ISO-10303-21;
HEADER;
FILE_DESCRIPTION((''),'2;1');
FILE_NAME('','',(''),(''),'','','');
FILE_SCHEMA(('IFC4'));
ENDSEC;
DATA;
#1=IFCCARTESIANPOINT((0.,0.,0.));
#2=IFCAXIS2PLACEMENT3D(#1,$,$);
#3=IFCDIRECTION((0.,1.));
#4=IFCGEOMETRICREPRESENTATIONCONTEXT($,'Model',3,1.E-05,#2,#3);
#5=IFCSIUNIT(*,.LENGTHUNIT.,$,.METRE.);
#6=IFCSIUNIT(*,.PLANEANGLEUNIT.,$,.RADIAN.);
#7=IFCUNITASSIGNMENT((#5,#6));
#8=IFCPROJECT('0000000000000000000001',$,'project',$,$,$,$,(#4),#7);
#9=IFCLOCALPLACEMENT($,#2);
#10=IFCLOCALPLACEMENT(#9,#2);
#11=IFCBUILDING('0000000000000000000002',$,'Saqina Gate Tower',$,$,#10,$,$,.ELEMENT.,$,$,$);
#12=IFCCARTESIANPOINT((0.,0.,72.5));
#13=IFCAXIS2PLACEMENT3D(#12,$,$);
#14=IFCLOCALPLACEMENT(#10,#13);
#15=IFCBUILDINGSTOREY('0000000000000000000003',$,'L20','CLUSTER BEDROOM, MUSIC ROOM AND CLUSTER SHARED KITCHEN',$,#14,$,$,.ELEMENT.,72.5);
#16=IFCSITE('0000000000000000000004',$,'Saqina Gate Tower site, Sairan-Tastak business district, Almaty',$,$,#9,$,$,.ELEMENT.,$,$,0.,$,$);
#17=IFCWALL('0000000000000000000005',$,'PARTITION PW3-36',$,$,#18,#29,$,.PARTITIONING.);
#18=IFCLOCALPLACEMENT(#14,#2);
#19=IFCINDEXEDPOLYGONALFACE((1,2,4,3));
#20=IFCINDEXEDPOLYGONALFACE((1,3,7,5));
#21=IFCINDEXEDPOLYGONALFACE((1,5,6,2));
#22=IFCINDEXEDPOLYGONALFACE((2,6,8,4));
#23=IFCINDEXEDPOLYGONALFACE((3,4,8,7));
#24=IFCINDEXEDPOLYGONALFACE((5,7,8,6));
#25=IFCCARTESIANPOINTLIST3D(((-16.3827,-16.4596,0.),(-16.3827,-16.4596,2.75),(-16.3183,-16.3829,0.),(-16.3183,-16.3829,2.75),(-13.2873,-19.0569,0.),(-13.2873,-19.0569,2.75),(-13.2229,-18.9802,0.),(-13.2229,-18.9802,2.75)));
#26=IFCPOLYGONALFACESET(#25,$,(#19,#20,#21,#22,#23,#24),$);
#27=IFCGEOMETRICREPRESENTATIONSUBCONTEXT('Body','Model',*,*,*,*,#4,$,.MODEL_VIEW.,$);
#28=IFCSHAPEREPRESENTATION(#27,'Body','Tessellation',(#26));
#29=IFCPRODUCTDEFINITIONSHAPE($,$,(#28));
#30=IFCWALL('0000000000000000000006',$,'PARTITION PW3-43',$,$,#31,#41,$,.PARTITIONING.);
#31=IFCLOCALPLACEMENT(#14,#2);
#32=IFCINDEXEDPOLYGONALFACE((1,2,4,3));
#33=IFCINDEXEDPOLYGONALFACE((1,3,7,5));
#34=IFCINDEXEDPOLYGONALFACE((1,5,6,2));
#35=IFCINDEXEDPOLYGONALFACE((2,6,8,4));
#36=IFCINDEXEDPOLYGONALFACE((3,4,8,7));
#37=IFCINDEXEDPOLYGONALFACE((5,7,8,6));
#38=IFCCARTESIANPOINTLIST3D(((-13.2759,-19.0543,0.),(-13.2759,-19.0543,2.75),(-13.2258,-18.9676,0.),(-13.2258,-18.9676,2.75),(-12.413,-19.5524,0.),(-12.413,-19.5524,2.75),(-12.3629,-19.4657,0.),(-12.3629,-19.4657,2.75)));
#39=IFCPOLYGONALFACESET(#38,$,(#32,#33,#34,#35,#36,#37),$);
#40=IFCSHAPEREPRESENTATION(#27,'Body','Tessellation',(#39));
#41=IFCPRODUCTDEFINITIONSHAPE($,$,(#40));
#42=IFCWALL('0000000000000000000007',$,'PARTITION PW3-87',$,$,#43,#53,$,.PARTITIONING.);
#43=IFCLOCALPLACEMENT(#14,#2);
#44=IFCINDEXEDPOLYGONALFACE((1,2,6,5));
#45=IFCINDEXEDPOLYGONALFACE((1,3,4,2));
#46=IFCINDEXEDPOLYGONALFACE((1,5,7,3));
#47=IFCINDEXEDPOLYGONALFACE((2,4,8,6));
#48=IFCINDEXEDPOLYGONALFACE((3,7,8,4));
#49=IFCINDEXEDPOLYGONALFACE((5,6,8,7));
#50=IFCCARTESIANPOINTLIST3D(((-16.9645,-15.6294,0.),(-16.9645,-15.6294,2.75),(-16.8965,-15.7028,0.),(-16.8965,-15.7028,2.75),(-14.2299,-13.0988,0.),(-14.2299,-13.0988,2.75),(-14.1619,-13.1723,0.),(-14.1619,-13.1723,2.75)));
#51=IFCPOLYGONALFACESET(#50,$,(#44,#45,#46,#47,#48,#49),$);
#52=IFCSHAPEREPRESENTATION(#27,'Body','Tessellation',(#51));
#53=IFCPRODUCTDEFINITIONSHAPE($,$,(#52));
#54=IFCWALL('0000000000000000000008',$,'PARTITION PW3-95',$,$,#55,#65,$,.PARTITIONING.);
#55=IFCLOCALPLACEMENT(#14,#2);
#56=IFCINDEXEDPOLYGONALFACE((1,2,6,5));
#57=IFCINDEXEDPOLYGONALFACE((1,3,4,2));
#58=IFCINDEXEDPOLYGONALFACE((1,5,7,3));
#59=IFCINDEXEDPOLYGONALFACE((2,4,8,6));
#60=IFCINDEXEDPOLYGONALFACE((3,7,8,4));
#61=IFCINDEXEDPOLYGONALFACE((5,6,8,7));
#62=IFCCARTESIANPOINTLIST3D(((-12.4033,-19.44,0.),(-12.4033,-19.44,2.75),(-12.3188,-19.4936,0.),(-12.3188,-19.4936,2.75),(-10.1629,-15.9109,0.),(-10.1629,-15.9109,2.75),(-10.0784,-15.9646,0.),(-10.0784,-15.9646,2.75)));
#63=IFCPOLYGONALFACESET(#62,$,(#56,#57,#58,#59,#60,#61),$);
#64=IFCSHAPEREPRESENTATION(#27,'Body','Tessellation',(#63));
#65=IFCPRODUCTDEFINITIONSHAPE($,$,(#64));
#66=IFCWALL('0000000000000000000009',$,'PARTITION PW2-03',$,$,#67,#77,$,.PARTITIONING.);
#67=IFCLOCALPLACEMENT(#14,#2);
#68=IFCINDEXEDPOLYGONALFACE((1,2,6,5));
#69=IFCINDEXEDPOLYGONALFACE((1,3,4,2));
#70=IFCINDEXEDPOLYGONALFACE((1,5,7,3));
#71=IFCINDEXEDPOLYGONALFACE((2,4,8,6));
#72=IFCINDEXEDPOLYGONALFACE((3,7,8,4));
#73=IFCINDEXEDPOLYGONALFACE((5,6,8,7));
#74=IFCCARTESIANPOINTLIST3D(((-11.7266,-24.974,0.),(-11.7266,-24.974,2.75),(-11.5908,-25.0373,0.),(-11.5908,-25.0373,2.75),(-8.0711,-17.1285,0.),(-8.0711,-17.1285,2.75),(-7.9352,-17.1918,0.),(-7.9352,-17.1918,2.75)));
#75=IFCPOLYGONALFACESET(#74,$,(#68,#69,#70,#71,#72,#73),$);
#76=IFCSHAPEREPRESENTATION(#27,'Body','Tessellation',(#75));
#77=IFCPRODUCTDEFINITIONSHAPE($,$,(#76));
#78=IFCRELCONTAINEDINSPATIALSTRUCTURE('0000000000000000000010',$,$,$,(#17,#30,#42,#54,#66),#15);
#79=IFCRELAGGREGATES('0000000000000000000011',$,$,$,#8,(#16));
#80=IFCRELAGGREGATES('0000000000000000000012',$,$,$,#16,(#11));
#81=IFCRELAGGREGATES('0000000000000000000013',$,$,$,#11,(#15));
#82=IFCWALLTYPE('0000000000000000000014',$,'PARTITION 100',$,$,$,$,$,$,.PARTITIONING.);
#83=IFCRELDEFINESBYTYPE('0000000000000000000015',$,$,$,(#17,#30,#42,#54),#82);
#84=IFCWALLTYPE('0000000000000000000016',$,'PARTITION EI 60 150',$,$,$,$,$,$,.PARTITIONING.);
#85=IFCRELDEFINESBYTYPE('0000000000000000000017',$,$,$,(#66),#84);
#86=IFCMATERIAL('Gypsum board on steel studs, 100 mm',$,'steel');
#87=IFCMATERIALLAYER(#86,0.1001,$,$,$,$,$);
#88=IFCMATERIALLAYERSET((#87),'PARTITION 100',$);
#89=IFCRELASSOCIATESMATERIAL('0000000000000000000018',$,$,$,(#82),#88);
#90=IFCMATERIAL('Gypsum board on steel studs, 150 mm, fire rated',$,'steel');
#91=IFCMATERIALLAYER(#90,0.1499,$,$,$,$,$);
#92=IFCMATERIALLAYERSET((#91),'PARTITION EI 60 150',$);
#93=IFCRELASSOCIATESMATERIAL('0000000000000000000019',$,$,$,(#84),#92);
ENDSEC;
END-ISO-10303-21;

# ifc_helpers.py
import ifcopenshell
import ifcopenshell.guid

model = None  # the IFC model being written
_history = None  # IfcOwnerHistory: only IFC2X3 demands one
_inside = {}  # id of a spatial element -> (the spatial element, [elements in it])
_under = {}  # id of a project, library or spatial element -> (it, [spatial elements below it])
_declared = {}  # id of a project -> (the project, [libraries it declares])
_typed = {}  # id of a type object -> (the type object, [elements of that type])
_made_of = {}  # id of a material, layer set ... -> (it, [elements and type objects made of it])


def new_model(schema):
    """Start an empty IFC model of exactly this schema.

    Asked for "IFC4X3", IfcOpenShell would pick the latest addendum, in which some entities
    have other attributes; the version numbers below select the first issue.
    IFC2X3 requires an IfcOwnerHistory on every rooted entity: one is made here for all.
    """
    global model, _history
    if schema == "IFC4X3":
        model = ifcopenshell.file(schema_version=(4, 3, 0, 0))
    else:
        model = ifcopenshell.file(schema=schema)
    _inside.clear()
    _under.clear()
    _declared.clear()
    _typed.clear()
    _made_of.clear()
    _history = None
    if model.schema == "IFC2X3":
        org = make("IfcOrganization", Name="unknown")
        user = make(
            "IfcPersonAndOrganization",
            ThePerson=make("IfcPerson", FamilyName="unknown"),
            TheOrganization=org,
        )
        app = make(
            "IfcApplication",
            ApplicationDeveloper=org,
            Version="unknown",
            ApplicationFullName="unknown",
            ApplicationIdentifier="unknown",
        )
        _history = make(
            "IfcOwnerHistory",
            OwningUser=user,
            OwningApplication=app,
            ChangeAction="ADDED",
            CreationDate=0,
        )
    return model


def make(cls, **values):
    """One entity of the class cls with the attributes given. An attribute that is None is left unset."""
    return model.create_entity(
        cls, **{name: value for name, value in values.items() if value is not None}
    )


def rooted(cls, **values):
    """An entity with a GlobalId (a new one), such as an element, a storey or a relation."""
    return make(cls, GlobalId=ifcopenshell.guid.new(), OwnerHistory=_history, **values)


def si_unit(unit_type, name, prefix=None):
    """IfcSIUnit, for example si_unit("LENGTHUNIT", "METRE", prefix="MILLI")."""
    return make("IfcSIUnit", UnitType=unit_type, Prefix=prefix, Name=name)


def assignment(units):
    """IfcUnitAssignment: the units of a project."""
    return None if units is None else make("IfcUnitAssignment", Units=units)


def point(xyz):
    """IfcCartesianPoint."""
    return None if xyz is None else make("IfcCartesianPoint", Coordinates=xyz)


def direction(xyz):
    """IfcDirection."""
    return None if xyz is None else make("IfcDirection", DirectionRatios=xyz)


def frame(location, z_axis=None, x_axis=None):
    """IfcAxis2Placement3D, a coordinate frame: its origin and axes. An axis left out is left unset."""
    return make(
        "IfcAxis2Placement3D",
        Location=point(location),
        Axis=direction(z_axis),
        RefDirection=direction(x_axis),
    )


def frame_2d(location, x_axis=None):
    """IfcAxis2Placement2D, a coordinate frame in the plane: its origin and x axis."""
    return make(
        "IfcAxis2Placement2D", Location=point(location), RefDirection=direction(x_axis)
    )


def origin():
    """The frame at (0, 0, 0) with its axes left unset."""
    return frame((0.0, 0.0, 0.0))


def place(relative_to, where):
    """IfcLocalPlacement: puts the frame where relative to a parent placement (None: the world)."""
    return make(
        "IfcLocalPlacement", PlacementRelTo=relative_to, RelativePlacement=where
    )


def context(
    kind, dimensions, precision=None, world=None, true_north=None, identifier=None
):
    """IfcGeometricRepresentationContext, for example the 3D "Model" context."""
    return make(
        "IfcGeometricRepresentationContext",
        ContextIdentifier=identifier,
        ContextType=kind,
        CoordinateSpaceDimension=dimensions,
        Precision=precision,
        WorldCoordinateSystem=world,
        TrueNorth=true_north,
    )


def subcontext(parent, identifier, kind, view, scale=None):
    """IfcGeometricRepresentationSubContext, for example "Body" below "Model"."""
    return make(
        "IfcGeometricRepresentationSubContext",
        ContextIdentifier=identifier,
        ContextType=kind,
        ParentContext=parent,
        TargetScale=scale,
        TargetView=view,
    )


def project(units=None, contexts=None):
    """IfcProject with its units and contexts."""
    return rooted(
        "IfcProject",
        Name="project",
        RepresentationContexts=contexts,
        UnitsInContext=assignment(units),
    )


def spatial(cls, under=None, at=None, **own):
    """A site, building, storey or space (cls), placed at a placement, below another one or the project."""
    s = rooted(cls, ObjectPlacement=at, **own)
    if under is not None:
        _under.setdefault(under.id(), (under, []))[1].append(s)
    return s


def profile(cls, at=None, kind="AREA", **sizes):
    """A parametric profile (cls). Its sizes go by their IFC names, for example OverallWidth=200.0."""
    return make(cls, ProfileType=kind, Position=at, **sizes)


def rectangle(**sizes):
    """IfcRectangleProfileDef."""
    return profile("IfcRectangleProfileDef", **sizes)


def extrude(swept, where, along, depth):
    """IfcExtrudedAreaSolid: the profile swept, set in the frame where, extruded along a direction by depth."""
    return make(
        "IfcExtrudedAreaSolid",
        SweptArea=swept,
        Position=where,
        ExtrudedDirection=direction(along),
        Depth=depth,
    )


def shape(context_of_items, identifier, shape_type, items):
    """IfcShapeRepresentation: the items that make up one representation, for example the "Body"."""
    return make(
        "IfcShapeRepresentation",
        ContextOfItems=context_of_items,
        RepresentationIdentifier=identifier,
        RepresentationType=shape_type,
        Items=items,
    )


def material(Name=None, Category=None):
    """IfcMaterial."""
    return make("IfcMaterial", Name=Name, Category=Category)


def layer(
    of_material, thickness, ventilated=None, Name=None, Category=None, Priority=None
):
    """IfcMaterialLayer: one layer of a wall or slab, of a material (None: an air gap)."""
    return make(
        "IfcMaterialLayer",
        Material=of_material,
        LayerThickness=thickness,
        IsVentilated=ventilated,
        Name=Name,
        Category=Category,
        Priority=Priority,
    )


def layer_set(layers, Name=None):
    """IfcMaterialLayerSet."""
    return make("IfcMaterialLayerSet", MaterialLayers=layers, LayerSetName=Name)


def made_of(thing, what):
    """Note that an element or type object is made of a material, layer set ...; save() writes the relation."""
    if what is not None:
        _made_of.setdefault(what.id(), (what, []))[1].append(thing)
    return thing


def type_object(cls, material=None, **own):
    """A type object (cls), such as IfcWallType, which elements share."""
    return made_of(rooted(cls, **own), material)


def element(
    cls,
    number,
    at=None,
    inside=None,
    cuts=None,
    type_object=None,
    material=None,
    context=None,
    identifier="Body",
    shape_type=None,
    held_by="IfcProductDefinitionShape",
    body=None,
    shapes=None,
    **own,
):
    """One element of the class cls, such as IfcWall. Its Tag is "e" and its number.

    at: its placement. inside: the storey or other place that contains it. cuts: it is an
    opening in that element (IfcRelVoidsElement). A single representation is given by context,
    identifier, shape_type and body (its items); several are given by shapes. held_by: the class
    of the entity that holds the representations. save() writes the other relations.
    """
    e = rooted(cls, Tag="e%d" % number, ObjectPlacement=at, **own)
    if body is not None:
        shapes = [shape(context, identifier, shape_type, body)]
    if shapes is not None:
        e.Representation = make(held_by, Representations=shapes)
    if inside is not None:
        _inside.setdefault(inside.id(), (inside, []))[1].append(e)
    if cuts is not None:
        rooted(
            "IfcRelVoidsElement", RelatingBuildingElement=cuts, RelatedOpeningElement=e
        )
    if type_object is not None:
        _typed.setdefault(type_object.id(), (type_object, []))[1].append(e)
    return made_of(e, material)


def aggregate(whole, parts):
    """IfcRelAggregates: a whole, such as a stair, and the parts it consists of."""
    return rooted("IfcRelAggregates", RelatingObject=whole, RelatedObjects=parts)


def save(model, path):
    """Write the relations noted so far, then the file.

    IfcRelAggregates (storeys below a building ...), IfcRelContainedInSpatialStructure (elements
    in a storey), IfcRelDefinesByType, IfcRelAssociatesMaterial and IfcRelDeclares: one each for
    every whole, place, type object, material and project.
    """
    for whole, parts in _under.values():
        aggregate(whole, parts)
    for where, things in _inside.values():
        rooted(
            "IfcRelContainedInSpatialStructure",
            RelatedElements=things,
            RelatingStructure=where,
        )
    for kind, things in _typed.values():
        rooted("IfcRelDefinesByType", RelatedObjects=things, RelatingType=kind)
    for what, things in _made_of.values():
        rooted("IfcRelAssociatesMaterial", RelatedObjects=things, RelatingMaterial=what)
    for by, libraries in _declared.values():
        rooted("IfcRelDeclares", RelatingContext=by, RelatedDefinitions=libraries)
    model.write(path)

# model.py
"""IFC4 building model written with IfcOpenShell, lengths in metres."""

from ifc_helpers import new_model, si_unit, direction, frame, frame_2d, origin, place, context, subcontext, project, spatial, rectangle, extrude, material, layer, layer_set, type_object, element, save


model = new_model("IFC4")

# Units and contexts
model_context = context("Model", 3, precision=1e-05, world=origin(), true_north=direction((0.0, 1.0)))
body_context = subcontext(model_context, "Body", "Model", "MODEL_VIEW")
ifc_project = project(units=[si_unit("LENGTHUNIT", "METRE"), si_unit("PLANEANGLEUNIT", "RADIAN")], contexts=[model_context])

# Site, building, storey
site_placement = place(None, origin())
site = spatial("IfcSite", under=ifc_project, at=site_placement, Name="Saqina Gate Tower site, Sairan-Tastak business district, Almaty", CompositionType="ELEMENT", RefElevation=0.0)
building_placement = place(site_placement, origin())
building = spatial("IfcBuilding", under=site, at=building_placement, Name="Saqina Gate Tower", CompositionType="ELEMENT")
storey_placement = place(building_placement, frame((0.0, 0.0, 72.5)))
storey = spatial("IfcBuildingStorey", under=building, at=storey_placement, Name="L20", Description="CLUSTER BEDROOM, MUSIC ROOM AND CLUSTER SHARED KITCHEN", CompositionType="ELEMENT", Elevation=72.5)

# Walls
ifc_material_1 = material(Name="Gypsum board on steel studs, 100 mm", Category="steel")
ifc_layer_1 = layer(ifc_material_1, 0.1001)
ifc_layer_set_1 = layer_set([ifc_layer_1], Name="PARTITION 100")
wall_type_1 = type_object("IfcWallType", Name="PARTITION 100", PredefinedType="PARTITIONING", material=ifc_layer_set_1)
wall_1_placement = place(storey_placement, frame((-16.3506, -16.4211, 0.0), z_axis=(0.0, 0.0, 1.0), x_axis=(0.766043, -0.64279, 0.0)))
element("IfcWall", 1, at=wall_1_placement, inside=storey, type_object=wall_type_1, Name="PARTITION PW3-36", PredefinedType="PARTITIONING", context=body_context, shape_type="SweptSolid", body=[
    extrude(rectangle(XDim=4.0408, YDim=0.1001, at=frame_2d((2.0205, 0.0))), origin(), (0.0, 0.0, 1.0), 2.75),
])
wall_2_placement = place(storey_placement, frame((-13.2507, -19.011, 0.0), z_axis=(0.0, 0.0, 1.0), x_axis=(0.866063, -0.499935, 0.0)))
element("IfcWall", 2, at=wall_2_placement, inside=storey, type_object=wall_type_1, Name="PARTITION PW3-43", PredefinedType="PARTITIONING", context=body_context, shape_type="SweptSolid", body=[
    extrude(rectangle(XDim=0.9963, YDim=0.1001, at=frame_2d((0.498, 0.0))), origin(), (0.0, 0.0, 1.0), 2.75),
])
wall_3_placement = place(storey_placement, frame((-16.9304, -15.666, 0.0), z_axis=(0.0, 0.0, 1.0), x_axis=(0.733966, 0.679186, 0.0)))
element("IfcWall", 3, at=wall_3_placement, inside=storey, type_object=wall_type_1, Name="PARTITION PW3-87", PredefinedType="PARTITIONING", context=body_context, shape_type="SweptSolid", body=[
    extrude(rectangle(XDim=3.7258, YDim=0.1001, at=frame_2d((1.8628, 0.0))), origin(), (0.0, 0.0, 1.0), 2.75),
])
wall_4_placement = place(storey_placement, frame((-12.3611, -19.4668, 0.0), z_axis=(0.0, 0.0, 1.0), x_axis=(0.535976, 0.844233, 0.0)))
element("IfcWall", 4, at=wall_4_placement, inside=storey, type_object=wall_type_1, Name="PARTITION PW3-95", PredefinedType="PARTITIONING", context=body_context, shape_type="SweptSolid", body=[
    extrude(rectangle(XDim=4.1802, YDim=0.1001, at=frame_2d((2.0901, 0.0))), origin(), (0.0, 0.0, 1.0), 2.75),
])
ifc_material_2 = material(Name="Gypsum board on steel studs, 150 mm, fire rated", Category="steel")
ifc_layer_2 = layer(ifc_material_2, 0.1499)
ifc_layer_set_2 = layer_set([ifc_layer_2], Name="PARTITION EI 60 150")
wall_type_2 = type_object("IfcWallType", Name="PARTITION EI 60 150", PredefinedType="PARTITIONING", material=ifc_layer_set_2)
wall_5_placement = place(storey_placement, frame((-11.6587, -25.0056, 0.0), z_axis=(0.0, 0.0, 1.0), x_axis=(0.422345, 0.906435, 0.0)))
element("IfcWall", 5, at=wall_5_placement, inside=storey, type_object=wall_type_2, Name="PARTITION PW2-03", PredefinedType="PARTITIONING", context=body_context, shape_type="SweptSolid", body=[
    extrude(rectangle(XDim=8.6553, YDim=0.1499, at=frame_2d((4.3276, 0.0))), origin(), (0.0, 0.0, 1.0), 2.75),
])

save(model, "model.ifc")
